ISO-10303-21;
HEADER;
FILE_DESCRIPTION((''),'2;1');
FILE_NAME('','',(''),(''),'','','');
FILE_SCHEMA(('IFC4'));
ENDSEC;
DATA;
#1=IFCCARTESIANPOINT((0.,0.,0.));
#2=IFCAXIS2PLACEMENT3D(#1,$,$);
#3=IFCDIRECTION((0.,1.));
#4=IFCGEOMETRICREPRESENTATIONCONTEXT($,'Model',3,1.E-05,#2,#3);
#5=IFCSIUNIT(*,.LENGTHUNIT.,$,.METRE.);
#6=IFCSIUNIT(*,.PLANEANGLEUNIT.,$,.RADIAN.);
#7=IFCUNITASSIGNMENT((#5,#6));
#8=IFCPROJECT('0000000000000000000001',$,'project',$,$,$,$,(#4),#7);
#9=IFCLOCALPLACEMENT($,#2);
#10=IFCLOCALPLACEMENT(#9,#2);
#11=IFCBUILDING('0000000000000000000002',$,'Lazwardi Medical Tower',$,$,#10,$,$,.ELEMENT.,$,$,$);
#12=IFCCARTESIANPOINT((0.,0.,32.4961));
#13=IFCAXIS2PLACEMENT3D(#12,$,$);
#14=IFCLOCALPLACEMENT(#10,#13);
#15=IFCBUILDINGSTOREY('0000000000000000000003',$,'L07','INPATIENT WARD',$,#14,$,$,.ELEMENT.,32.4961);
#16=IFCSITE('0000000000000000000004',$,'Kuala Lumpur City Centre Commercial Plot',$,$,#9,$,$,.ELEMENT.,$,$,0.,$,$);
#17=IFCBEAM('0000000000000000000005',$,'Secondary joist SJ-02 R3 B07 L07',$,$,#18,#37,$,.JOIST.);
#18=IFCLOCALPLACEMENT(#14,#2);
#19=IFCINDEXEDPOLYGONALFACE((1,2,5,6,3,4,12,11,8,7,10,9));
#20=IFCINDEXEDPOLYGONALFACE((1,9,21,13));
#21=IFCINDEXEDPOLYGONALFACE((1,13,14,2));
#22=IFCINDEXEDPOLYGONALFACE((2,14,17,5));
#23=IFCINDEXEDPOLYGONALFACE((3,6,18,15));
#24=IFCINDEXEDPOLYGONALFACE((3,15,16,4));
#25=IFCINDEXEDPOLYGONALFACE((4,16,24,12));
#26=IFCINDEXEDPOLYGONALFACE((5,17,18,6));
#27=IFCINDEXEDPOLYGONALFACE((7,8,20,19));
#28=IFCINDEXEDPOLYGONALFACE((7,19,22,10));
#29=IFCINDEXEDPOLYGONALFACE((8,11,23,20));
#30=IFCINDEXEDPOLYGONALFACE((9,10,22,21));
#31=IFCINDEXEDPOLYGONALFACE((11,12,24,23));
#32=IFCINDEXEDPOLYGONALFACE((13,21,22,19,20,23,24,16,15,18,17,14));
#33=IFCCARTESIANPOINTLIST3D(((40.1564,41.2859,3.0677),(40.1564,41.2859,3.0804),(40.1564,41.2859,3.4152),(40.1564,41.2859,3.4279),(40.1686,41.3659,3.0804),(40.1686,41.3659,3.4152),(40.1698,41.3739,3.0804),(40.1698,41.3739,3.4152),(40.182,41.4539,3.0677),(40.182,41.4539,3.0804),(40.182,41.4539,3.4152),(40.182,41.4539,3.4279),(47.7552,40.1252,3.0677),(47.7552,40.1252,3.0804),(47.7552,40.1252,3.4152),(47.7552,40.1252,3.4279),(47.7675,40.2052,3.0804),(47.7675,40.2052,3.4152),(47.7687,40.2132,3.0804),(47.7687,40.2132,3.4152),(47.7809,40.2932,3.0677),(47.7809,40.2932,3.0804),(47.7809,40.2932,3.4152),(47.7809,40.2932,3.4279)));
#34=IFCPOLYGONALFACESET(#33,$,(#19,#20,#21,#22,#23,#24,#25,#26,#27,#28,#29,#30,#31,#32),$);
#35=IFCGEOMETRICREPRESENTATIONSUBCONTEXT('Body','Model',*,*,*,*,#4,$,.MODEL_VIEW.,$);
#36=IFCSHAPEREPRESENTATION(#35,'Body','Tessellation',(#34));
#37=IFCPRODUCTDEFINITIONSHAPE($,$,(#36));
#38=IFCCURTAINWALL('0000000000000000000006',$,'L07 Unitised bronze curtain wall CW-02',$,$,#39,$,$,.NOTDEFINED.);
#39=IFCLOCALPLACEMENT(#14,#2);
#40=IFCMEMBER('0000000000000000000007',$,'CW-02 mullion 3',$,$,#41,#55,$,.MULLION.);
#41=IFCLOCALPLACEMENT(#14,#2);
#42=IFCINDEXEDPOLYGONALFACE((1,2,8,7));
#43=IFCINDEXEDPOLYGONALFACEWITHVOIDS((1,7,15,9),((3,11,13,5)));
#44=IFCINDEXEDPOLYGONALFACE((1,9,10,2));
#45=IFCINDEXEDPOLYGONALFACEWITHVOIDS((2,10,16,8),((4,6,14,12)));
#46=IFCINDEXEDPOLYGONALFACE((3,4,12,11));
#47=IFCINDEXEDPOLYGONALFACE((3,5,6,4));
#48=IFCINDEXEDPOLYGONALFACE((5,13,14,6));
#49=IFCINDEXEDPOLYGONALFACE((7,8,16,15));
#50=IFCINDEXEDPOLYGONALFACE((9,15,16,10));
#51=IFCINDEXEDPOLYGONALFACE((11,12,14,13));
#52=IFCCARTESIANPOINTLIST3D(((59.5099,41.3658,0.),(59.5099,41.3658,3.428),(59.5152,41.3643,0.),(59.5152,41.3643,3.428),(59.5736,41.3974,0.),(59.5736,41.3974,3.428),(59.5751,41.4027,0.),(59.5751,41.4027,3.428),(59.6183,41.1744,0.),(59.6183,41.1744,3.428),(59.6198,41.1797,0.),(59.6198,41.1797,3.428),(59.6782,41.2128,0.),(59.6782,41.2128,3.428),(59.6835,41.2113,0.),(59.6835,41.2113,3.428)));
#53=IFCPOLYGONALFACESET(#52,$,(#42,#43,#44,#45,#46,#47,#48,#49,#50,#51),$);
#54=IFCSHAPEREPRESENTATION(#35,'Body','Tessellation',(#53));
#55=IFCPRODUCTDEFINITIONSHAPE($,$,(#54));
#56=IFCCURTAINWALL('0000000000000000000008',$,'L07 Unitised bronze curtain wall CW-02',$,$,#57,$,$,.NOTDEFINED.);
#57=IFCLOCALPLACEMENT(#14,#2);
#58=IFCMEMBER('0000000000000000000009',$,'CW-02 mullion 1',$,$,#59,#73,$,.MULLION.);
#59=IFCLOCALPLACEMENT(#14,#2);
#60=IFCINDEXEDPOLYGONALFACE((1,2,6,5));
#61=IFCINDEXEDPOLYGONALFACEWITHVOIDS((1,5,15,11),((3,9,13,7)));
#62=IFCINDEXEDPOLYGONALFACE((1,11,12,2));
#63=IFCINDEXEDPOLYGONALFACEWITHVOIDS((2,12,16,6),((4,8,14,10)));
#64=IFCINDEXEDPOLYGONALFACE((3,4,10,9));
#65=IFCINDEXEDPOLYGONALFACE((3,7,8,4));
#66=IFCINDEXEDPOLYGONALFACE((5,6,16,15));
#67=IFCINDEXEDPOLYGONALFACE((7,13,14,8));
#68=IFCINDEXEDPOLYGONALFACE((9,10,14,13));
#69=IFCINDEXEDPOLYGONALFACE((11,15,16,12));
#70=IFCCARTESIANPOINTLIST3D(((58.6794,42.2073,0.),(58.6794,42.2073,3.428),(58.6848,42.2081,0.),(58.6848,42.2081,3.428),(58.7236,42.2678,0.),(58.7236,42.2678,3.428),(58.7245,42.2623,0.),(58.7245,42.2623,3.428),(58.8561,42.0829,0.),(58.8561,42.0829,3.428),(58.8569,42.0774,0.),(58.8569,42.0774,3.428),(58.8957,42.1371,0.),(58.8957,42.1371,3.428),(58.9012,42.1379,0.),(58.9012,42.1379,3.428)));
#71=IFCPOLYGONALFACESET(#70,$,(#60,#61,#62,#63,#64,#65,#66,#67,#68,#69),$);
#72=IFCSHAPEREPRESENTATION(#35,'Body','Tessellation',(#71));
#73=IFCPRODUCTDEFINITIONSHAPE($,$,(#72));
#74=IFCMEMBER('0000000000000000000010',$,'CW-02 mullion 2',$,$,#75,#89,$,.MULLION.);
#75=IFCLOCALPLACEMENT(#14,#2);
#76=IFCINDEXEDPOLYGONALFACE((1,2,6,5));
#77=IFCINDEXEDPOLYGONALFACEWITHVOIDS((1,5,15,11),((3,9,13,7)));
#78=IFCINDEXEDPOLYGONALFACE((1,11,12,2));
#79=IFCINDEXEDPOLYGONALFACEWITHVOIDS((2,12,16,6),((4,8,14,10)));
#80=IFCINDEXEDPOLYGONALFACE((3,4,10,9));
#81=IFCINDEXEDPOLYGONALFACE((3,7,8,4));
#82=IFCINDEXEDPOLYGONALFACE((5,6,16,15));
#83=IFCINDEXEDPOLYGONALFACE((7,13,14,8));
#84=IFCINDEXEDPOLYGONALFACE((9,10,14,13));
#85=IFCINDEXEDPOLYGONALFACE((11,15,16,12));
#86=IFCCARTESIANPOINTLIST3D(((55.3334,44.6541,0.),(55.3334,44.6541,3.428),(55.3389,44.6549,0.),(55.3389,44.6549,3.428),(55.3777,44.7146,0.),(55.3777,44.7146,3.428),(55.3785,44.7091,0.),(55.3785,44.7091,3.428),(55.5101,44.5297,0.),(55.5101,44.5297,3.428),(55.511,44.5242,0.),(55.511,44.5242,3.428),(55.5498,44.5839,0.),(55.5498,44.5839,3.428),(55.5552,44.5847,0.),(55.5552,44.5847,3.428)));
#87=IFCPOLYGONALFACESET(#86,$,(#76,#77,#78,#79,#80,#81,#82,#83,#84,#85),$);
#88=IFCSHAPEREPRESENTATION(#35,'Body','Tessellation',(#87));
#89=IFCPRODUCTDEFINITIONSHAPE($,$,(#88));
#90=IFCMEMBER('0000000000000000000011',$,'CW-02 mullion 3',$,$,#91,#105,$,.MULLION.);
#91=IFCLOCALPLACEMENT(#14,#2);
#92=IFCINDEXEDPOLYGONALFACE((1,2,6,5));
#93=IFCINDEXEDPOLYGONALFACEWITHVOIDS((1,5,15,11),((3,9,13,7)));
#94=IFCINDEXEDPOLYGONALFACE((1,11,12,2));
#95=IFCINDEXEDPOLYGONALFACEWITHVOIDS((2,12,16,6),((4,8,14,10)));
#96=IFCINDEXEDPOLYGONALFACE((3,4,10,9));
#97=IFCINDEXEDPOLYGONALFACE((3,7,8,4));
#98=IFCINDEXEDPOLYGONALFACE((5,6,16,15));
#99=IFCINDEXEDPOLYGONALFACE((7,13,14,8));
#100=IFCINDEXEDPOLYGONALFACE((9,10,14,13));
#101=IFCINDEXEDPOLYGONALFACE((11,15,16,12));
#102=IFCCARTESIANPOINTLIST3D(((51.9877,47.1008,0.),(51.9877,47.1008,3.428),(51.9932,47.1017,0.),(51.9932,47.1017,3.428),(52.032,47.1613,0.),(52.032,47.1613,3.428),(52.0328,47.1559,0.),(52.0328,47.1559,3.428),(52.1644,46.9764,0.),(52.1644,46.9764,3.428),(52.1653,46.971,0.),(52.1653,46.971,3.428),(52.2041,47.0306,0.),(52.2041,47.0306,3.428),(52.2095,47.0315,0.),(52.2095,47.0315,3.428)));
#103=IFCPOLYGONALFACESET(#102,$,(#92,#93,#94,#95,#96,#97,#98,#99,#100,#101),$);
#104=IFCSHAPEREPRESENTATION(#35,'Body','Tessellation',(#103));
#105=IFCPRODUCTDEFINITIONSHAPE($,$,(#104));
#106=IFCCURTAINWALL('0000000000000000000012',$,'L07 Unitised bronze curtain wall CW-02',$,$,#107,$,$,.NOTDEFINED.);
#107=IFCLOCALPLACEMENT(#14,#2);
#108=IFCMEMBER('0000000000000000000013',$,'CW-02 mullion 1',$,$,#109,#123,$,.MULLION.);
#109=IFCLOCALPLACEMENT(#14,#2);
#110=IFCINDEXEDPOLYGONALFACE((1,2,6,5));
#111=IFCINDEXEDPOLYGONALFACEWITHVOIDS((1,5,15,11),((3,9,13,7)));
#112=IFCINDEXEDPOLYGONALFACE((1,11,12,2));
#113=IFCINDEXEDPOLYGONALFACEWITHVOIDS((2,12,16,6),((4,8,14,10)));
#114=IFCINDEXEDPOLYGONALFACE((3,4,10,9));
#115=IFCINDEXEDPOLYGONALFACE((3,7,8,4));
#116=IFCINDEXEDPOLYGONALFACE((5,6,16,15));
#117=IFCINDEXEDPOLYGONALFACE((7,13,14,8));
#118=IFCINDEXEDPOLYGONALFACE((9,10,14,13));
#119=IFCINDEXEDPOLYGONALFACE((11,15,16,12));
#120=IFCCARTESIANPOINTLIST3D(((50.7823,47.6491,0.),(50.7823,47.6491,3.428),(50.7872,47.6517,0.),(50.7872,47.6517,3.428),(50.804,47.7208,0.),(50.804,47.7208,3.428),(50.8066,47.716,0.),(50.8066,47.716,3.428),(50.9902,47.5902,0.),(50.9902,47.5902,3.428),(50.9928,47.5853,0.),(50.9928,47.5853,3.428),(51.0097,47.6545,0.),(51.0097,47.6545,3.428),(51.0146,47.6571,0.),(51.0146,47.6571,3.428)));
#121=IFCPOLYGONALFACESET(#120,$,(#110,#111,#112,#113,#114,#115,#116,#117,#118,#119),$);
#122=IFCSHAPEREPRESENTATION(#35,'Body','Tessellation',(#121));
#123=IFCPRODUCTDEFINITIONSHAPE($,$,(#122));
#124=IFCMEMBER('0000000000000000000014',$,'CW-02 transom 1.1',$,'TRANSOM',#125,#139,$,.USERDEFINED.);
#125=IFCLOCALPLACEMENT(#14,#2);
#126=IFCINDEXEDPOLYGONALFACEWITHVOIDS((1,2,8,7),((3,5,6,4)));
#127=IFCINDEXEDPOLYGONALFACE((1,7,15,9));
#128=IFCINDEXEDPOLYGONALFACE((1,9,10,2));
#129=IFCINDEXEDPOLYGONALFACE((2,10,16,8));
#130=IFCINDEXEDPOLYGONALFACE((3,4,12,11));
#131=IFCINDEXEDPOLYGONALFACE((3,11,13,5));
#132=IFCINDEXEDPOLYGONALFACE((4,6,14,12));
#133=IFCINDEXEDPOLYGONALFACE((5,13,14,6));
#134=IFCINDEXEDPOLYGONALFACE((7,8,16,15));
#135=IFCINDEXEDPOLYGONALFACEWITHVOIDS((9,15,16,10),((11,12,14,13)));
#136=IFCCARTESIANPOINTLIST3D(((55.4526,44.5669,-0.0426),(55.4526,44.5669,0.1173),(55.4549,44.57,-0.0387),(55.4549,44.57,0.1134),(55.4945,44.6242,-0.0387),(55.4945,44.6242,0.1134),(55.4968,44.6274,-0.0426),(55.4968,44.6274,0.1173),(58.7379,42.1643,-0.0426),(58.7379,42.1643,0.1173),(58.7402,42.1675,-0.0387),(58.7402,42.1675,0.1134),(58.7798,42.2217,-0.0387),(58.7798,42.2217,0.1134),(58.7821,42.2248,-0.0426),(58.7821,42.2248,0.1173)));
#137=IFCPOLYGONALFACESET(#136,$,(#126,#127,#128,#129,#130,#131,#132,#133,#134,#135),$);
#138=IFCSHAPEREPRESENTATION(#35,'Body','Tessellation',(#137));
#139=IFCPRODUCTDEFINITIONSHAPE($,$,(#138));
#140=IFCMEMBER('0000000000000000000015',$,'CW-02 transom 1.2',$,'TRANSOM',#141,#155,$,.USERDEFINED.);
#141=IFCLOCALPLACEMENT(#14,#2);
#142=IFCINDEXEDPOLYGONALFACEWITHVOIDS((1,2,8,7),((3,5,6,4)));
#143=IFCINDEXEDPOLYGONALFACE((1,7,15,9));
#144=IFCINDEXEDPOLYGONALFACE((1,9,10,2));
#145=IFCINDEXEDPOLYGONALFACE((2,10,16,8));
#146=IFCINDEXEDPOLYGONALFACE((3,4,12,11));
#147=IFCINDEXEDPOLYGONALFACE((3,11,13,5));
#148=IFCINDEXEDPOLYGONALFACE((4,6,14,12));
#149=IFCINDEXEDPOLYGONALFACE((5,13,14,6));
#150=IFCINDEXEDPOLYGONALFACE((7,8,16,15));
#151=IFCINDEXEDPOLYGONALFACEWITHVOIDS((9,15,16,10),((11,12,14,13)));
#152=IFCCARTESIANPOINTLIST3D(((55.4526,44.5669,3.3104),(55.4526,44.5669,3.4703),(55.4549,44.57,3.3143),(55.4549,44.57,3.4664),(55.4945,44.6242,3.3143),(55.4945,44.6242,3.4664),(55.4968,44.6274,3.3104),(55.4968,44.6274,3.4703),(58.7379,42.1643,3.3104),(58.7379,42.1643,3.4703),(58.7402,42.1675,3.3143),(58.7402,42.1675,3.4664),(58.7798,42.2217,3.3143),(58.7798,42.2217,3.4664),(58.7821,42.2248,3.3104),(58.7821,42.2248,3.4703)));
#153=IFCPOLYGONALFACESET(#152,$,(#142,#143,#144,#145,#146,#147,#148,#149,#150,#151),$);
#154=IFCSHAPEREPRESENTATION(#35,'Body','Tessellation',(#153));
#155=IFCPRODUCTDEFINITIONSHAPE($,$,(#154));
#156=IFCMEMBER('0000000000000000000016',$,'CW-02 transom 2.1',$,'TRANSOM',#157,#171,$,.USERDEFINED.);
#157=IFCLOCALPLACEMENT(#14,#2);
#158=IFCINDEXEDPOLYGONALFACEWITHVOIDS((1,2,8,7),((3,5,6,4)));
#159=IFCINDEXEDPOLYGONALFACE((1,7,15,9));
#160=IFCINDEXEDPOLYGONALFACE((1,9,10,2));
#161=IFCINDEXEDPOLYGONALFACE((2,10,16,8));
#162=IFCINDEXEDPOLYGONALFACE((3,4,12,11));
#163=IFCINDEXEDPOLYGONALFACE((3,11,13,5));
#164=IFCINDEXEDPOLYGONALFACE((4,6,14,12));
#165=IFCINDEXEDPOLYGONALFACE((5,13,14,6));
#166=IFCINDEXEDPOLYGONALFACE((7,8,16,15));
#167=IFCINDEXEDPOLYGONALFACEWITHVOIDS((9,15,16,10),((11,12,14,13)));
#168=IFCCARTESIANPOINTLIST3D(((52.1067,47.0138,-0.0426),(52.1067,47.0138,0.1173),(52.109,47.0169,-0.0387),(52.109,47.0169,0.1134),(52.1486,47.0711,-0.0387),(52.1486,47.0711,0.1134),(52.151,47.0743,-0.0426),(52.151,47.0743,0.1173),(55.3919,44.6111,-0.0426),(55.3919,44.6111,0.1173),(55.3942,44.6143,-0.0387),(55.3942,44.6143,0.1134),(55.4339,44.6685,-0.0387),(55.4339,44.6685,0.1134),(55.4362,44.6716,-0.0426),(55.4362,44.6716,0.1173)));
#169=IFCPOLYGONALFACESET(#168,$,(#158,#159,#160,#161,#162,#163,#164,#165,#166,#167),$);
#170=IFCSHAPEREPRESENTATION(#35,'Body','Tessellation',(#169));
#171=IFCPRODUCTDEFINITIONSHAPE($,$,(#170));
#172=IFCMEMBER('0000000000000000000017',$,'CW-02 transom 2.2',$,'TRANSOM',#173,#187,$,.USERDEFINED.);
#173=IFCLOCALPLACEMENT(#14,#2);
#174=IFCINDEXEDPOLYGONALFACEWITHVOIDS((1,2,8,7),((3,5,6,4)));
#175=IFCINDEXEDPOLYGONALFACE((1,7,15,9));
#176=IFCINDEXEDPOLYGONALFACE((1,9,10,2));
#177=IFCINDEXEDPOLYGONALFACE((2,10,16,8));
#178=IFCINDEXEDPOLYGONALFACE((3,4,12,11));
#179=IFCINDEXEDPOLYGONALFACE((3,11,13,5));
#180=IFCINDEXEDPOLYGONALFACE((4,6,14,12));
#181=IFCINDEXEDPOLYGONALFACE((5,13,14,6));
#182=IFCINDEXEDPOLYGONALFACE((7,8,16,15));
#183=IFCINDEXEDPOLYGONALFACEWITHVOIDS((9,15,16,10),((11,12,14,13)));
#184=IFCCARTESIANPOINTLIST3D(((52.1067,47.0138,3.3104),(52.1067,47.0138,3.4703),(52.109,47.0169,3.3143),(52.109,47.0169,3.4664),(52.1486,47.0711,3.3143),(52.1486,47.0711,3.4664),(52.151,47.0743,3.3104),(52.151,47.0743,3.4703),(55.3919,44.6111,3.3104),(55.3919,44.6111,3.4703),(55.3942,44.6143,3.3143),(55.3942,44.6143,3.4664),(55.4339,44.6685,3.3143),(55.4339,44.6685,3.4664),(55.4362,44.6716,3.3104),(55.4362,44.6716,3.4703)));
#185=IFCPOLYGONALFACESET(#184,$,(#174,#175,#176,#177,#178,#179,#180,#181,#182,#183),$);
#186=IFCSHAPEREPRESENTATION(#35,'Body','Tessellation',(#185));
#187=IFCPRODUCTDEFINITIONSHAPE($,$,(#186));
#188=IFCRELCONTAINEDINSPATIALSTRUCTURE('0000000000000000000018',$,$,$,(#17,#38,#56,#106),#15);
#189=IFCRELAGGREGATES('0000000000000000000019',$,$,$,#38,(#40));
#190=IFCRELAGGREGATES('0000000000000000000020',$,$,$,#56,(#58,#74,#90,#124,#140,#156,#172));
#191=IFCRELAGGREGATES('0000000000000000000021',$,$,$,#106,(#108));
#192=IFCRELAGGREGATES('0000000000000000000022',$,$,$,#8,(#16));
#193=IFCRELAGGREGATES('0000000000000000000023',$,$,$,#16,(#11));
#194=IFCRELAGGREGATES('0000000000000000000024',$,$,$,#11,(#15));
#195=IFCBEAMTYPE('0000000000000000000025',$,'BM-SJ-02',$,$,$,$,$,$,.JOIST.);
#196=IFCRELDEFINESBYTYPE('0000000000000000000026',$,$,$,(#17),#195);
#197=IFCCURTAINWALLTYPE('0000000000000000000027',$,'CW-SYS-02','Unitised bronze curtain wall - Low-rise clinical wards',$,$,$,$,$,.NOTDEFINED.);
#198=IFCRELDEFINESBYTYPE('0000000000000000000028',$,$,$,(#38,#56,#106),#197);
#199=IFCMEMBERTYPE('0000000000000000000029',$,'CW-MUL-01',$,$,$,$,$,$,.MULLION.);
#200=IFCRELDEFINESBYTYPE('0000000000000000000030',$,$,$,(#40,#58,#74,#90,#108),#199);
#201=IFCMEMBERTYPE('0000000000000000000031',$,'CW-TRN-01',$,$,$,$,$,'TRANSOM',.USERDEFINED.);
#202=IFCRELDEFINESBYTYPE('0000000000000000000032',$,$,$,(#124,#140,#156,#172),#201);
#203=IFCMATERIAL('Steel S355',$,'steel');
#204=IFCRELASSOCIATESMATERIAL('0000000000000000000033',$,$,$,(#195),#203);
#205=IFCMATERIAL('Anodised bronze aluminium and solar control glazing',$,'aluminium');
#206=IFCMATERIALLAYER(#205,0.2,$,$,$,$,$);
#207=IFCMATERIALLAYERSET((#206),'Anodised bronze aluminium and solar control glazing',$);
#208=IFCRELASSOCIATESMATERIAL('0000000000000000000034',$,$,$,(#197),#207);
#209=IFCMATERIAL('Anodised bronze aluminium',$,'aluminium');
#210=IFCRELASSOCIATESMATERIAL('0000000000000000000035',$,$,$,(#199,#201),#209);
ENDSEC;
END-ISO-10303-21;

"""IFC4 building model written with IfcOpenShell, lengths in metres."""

from ifc_helpers import new_model, si_unit, direction, frame, origin, origin_2d, place, context, subcontext, project, spatial, hollow_rectangle, i_section, extrude, material, layer, layer_set, material_profile, profile_set, type_object, element, aggregate, save


model = new_model("IFC4")

# Units and contexts
model_context = context("Model", 3, precision=1e-05, world=origin(), true_north=direction((0.0, 1.0)))
body_context = subcontext(model_context, "Body", "Model", "MODEL_VIEW")
ifc_project = project(units=[si_unit("LENGTHUNIT", "METRE"), si_unit("PLANEANGLEUNIT", "RADIAN")], contexts=[model_context])

# Site, building, storey
site_placement = place(None, origin())
site = spatial("IfcSite", under=ifc_project, at=site_placement, Name="Kuala Lumpur City Centre Commercial Plot", CompositionType="ELEMENT", RefElevation=0.0)
building_placement = place(site_placement, origin())
building = spatial("IfcBuilding", under=site, at=building_placement, Name="Lazwardi Medical Tower", CompositionType="ELEMENT")
storey_placement = place(building_placement, frame((0.0, 0.0, 32.4961)))
storey = spatial("IfcBuildingStorey", under=building, at=storey_placement, Name="L07", Description="INPATIENT WARD", CompositionType="ELEMENT", Elevation=32.4961)

# Beam
ifc_material_1 = material(Name="Steel S355", Category="steel")
ifc_material_profile_1 = material_profile(ifc_material_1, i_section(OverallWidth=0.1699, OverallDepth=0.3601, WebThickness=0.0081, FlangeThickness=0.0127, at=origin_2d()), Name="IPE 360")
ifc_profile_set_1 = profile_set([ifc_material_profile_1], Name="Steel S355")
beam_type_1 = type_object("IfcBeamType", Name="BM-SJ-02", PredefinedType="JOIST", material=ifc_profile_set_1)
beam_1_placement = place(storey_placement, frame((47.7681, 40.2092, 3.2478), z_axis=(-0.988536, 0.150988, 0.0), x_axis=(-0.150988, -0.988536, 0.0)))
element("IfcBeam", 1, at=beam_1_placement, inside=storey, type_object=beam_type_1, Name="Secondary joist SJ-02 R3 B07 L07", PredefinedType="JOIST", context=body_context, shape_type="SweptSolid", body=[
    extrude(i_section(OverallWidth=0.1699, OverallDepth=0.3601, WebThickness=0.0081, FlangeThickness=0.0127, at=origin_2d()), origin(), (0.0, 0.0, 1.0), 7.687),
])

# Curtain wall, member
ifc_material_2 = material(Name="Anodised bronze aluminium and solar control glazing", Category="aluminium")
ifc_layer_1 = layer(ifc_material_2, 0.2)
ifc_layer_set_1 = layer_set([ifc_layer_1], Name="Anodised bronze aluminium and solar control glazing")
curtain_wall_type = type_object("IfcCurtainWallType", Name="CW-SYS-02", Description="Unitised bronze curtain wall - Low-rise clinical wards", PredefinedType="NOTDEFINED", material=ifc_layer_set_1)
curtain_wall_1_placement = place(storey_placement, origin())
curtain_wall_1 = element("IfcCurtainWall", 2, at=curtain_wall_1_placement, inside=storey, type_object=curtain_wall_type, Name="L07 Unitised bronze curtain wall CW-02", PredefinedType="NOTDEFINED")
ifc_material_3 = material(Name="Anodised bronze aluminium", Category="aluminium")
ifc_material_profile_2 = material_profile(ifc_material_3, hollow_rectangle(XDim=0.075, YDim=0.22, WallThickness=0.0039, at=origin_2d()), Name="ALU-MULLION 220x75x4")
ifc_profile_set_2 = profile_set([ifc_material_profile_2], Name="Anodised bronze aluminium")
member_type_1 = type_object("IfcMemberType", Name="CW-MUL-01", PredefinedType="MULLION", material=ifc_profile_set_2)
member_1_placement = place(storey_placement, frame((59.5967, 41.2886, 0.0), z_axis=(0.0, 0.0, 1.0), x_axis=(-0.870112, -0.492854, 0.0)))
member_1 = element("IfcMember", 3, at=member_1_placement, type_object=member_type_1, Name="CW-02 mullion 3", PredefinedType="MULLION", context=body_context, shape_type="SweptSolid", body=[
    extrude(hollow_rectangle(XDim=0.075, YDim=0.22, WallThickness=0.0039, at=origin_2d()), origin(), (0.0, 0.0, 1.0), 3.428),
])
aggregate(curtain_wall_1, [member_1])

# Curtain wall, members
curtain_wall_2_placement = place(storey_placement, origin())
curtain_wall_2 = element("IfcCurtainWall", 4, at=curtain_wall_2_placement, inside=storey, type_object=curtain_wall_type, Name="L07 Unitised bronze curtain wall CW-02", PredefinedType="NOTDEFINED")
member_2_placement = place(storey_placement, frame((58.7903, 42.1726, 0.0), z_axis=(0.0, 0.0, 1.0), x_axis=(-0.590289, -0.807192, 0.0)))
member_2 = element("IfcMember", 5, at=member_2_placement, type_object=member_type_1, Name="CW-02 mullion 1", PredefinedType="MULLION", context=body_context, shape_type="SweptSolid", body=[
    extrude(hollow_rectangle(XDim=0.075, YDim=0.22, WallThickness=0.0039, at=origin_2d()), origin(), (0.0, 0.0, 1.0), 3.428),
])
member_3_placement = place(storey_placement, frame((55.4443, 44.6194, 0.0), z_axis=(0.0, 0.0, 1.0), x_axis=(-0.590289, -0.807192, 0.0)))
member_3 = element("IfcMember", 6, at=member_3_placement, type_object=member_type_1, Name="CW-02 mullion 2", PredefinedType="MULLION", context=body_context, shape_type="SweptSolid", body=[
    extrude(hollow_rectangle(XDim=0.075, YDim=0.22, WallThickness=0.0039, at=origin_2d()), origin(), (0.0, 0.0, 1.0), 3.428),
])
member_4_placement = place(storey_placement, frame((52.0986, 47.0662, 0.0), z_axis=(0.0, 0.0, 1.0), x_axis=(-0.590289, -0.807192, 0.0)))
member_4 = element("IfcMember", 7, at=member_4_placement, type_object=member_type_1, Name="CW-02 mullion 3", PredefinedType="MULLION", context=body_context, shape_type="SweptSolid", body=[
    extrude(hollow_rectangle(XDim=0.075, YDim=0.22, WallThickness=0.0039, at=origin_2d()), origin(), (0.0, 0.0, 1.0), 3.428),
])

# Curtain wall, member
curtain_wall_3_placement = place(storey_placement, origin())
curtain_wall_3 = element("IfcCurtainWall", 8, at=curtain_wall_3_placement, inside=storey, type_object=curtain_wall_type, Name="L07 Unitised bronze curtain wall CW-02", PredefinedType="NOTDEFINED")
member_5_placement = place(storey_placement, frame((50.8984, 47.6531, 0.0), z_axis=(0.0, 0.0, 1.0), x_axis=(-0.289896, -0.957058, 0.0)))
member_5 = element("IfcMember", 9, at=member_5_placement, type_object=member_type_1, Name="CW-02 mullion 1", PredefinedType="MULLION", context=body_context, shape_type="SweptSolid", body=[
    extrude(hollow_rectangle(XDim=0.075, YDim=0.22, WallThickness=0.0039, at=origin_2d()), origin(), (0.0, 0.0, 1.0), 3.428),
])

# Members
ifc_material_profile_3 = material_profile(ifc_material_3, hollow_rectangle(XDim=0.075, YDim=0.1599, WallThickness=0.0039, at=origin_2d()), Name="ALU-TRANSOM 160x75x4")
ifc_profile_set_3 = profile_set([ifc_material_profile_3], Name="Anodised bronze aluminium")
member_type_2 = type_object("IfcMemberType", Name="CW-TRN-01", ElementType="TRANSOM", PredefinedType="USERDEFINED", material=ifc_profile_set_3)
member_6_placement = place(storey_placement, frame((58.76, 42.1946, 0.0374), z_axis=(-0.80719, 0.590292, 0.0), x_axis=(-0.590292, -0.80719, 0.0)))
member_6 = element("IfcMember", 10, at=member_6_placement, type_object=member_type_2, Name="CW-02 transom 1.1", ObjectType="TRANSOM", PredefinedType="USERDEFINED", context=body_context, shape_type="SweptSolid", body=[
    extrude(hollow_rectangle(XDim=0.075, YDim=0.1599, WallThickness=0.0039, at=origin_2d()), origin(), (0.0, 0.0, 1.0), 4.0701),
])
member_7_placement = place(storey_placement, frame((58.76, 42.1946, 3.3904), z_axis=(-0.80719, 0.590292, 0.0), x_axis=(-0.590292, -0.80719, 0.0)))
member_7 = element("IfcMember", 11, at=member_7_placement, type_object=member_type_2, Name="CW-02 transom 1.2", ObjectType="TRANSOM", PredefinedType="USERDEFINED", context=body_context, shape_type="SweptSolid", body=[
    extrude(hollow_rectangle(XDim=0.075, YDim=0.1599, WallThickness=0.0039, at=origin_2d()), origin(), (0.0, 0.0, 1.0), 4.0701),
])
member_8_placement = place(storey_placement, frame((55.4141, 44.6414, 0.0374), z_axis=(-0.807169, 0.59032, 0.0), x_axis=(-0.59032, -0.807169, 0.0)))
member_8 = element("IfcMember", 12, at=member_8_placement, type_object=member_type_2, Name="CW-02 transom 2.1", ObjectType="TRANSOM", PredefinedType="USERDEFINED", context=body_context, shape_type="SweptSolid", body=[
    extrude(hollow_rectangle(XDim=0.075, YDim=0.1599, WallThickness=0.0039, at=origin_2d()), origin(), (0.0, 0.0, 1.0), 4.0701),
])
member_9_placement = place(storey_placement, frame((55.4141, 44.6414, 3.3904), z_axis=(-0.807169, 0.59032, 0.0), x_axis=(-0.59032, -0.807169, 0.0)))
member_9 = element("IfcMember", 13, at=member_9_placement, type_object=member_type_2, Name="CW-02 transom 2.2", ObjectType="TRANSOM", PredefinedType="USERDEFINED", context=body_context, shape_type="SweptSolid", body=[
    extrude(hollow_rectangle(XDim=0.075, YDim=0.1599, WallThickness=0.0039, at=origin_2d()), origin(), (0.0, 0.0, 1.0), 4.0701),
])

aggregate(curtain_wall_2, [member_2, member_3, member_4, member_6, member_7, member_8, member_9])
aggregate(curtain_wall_3, [member_5])

save(model, "model.ifc")
